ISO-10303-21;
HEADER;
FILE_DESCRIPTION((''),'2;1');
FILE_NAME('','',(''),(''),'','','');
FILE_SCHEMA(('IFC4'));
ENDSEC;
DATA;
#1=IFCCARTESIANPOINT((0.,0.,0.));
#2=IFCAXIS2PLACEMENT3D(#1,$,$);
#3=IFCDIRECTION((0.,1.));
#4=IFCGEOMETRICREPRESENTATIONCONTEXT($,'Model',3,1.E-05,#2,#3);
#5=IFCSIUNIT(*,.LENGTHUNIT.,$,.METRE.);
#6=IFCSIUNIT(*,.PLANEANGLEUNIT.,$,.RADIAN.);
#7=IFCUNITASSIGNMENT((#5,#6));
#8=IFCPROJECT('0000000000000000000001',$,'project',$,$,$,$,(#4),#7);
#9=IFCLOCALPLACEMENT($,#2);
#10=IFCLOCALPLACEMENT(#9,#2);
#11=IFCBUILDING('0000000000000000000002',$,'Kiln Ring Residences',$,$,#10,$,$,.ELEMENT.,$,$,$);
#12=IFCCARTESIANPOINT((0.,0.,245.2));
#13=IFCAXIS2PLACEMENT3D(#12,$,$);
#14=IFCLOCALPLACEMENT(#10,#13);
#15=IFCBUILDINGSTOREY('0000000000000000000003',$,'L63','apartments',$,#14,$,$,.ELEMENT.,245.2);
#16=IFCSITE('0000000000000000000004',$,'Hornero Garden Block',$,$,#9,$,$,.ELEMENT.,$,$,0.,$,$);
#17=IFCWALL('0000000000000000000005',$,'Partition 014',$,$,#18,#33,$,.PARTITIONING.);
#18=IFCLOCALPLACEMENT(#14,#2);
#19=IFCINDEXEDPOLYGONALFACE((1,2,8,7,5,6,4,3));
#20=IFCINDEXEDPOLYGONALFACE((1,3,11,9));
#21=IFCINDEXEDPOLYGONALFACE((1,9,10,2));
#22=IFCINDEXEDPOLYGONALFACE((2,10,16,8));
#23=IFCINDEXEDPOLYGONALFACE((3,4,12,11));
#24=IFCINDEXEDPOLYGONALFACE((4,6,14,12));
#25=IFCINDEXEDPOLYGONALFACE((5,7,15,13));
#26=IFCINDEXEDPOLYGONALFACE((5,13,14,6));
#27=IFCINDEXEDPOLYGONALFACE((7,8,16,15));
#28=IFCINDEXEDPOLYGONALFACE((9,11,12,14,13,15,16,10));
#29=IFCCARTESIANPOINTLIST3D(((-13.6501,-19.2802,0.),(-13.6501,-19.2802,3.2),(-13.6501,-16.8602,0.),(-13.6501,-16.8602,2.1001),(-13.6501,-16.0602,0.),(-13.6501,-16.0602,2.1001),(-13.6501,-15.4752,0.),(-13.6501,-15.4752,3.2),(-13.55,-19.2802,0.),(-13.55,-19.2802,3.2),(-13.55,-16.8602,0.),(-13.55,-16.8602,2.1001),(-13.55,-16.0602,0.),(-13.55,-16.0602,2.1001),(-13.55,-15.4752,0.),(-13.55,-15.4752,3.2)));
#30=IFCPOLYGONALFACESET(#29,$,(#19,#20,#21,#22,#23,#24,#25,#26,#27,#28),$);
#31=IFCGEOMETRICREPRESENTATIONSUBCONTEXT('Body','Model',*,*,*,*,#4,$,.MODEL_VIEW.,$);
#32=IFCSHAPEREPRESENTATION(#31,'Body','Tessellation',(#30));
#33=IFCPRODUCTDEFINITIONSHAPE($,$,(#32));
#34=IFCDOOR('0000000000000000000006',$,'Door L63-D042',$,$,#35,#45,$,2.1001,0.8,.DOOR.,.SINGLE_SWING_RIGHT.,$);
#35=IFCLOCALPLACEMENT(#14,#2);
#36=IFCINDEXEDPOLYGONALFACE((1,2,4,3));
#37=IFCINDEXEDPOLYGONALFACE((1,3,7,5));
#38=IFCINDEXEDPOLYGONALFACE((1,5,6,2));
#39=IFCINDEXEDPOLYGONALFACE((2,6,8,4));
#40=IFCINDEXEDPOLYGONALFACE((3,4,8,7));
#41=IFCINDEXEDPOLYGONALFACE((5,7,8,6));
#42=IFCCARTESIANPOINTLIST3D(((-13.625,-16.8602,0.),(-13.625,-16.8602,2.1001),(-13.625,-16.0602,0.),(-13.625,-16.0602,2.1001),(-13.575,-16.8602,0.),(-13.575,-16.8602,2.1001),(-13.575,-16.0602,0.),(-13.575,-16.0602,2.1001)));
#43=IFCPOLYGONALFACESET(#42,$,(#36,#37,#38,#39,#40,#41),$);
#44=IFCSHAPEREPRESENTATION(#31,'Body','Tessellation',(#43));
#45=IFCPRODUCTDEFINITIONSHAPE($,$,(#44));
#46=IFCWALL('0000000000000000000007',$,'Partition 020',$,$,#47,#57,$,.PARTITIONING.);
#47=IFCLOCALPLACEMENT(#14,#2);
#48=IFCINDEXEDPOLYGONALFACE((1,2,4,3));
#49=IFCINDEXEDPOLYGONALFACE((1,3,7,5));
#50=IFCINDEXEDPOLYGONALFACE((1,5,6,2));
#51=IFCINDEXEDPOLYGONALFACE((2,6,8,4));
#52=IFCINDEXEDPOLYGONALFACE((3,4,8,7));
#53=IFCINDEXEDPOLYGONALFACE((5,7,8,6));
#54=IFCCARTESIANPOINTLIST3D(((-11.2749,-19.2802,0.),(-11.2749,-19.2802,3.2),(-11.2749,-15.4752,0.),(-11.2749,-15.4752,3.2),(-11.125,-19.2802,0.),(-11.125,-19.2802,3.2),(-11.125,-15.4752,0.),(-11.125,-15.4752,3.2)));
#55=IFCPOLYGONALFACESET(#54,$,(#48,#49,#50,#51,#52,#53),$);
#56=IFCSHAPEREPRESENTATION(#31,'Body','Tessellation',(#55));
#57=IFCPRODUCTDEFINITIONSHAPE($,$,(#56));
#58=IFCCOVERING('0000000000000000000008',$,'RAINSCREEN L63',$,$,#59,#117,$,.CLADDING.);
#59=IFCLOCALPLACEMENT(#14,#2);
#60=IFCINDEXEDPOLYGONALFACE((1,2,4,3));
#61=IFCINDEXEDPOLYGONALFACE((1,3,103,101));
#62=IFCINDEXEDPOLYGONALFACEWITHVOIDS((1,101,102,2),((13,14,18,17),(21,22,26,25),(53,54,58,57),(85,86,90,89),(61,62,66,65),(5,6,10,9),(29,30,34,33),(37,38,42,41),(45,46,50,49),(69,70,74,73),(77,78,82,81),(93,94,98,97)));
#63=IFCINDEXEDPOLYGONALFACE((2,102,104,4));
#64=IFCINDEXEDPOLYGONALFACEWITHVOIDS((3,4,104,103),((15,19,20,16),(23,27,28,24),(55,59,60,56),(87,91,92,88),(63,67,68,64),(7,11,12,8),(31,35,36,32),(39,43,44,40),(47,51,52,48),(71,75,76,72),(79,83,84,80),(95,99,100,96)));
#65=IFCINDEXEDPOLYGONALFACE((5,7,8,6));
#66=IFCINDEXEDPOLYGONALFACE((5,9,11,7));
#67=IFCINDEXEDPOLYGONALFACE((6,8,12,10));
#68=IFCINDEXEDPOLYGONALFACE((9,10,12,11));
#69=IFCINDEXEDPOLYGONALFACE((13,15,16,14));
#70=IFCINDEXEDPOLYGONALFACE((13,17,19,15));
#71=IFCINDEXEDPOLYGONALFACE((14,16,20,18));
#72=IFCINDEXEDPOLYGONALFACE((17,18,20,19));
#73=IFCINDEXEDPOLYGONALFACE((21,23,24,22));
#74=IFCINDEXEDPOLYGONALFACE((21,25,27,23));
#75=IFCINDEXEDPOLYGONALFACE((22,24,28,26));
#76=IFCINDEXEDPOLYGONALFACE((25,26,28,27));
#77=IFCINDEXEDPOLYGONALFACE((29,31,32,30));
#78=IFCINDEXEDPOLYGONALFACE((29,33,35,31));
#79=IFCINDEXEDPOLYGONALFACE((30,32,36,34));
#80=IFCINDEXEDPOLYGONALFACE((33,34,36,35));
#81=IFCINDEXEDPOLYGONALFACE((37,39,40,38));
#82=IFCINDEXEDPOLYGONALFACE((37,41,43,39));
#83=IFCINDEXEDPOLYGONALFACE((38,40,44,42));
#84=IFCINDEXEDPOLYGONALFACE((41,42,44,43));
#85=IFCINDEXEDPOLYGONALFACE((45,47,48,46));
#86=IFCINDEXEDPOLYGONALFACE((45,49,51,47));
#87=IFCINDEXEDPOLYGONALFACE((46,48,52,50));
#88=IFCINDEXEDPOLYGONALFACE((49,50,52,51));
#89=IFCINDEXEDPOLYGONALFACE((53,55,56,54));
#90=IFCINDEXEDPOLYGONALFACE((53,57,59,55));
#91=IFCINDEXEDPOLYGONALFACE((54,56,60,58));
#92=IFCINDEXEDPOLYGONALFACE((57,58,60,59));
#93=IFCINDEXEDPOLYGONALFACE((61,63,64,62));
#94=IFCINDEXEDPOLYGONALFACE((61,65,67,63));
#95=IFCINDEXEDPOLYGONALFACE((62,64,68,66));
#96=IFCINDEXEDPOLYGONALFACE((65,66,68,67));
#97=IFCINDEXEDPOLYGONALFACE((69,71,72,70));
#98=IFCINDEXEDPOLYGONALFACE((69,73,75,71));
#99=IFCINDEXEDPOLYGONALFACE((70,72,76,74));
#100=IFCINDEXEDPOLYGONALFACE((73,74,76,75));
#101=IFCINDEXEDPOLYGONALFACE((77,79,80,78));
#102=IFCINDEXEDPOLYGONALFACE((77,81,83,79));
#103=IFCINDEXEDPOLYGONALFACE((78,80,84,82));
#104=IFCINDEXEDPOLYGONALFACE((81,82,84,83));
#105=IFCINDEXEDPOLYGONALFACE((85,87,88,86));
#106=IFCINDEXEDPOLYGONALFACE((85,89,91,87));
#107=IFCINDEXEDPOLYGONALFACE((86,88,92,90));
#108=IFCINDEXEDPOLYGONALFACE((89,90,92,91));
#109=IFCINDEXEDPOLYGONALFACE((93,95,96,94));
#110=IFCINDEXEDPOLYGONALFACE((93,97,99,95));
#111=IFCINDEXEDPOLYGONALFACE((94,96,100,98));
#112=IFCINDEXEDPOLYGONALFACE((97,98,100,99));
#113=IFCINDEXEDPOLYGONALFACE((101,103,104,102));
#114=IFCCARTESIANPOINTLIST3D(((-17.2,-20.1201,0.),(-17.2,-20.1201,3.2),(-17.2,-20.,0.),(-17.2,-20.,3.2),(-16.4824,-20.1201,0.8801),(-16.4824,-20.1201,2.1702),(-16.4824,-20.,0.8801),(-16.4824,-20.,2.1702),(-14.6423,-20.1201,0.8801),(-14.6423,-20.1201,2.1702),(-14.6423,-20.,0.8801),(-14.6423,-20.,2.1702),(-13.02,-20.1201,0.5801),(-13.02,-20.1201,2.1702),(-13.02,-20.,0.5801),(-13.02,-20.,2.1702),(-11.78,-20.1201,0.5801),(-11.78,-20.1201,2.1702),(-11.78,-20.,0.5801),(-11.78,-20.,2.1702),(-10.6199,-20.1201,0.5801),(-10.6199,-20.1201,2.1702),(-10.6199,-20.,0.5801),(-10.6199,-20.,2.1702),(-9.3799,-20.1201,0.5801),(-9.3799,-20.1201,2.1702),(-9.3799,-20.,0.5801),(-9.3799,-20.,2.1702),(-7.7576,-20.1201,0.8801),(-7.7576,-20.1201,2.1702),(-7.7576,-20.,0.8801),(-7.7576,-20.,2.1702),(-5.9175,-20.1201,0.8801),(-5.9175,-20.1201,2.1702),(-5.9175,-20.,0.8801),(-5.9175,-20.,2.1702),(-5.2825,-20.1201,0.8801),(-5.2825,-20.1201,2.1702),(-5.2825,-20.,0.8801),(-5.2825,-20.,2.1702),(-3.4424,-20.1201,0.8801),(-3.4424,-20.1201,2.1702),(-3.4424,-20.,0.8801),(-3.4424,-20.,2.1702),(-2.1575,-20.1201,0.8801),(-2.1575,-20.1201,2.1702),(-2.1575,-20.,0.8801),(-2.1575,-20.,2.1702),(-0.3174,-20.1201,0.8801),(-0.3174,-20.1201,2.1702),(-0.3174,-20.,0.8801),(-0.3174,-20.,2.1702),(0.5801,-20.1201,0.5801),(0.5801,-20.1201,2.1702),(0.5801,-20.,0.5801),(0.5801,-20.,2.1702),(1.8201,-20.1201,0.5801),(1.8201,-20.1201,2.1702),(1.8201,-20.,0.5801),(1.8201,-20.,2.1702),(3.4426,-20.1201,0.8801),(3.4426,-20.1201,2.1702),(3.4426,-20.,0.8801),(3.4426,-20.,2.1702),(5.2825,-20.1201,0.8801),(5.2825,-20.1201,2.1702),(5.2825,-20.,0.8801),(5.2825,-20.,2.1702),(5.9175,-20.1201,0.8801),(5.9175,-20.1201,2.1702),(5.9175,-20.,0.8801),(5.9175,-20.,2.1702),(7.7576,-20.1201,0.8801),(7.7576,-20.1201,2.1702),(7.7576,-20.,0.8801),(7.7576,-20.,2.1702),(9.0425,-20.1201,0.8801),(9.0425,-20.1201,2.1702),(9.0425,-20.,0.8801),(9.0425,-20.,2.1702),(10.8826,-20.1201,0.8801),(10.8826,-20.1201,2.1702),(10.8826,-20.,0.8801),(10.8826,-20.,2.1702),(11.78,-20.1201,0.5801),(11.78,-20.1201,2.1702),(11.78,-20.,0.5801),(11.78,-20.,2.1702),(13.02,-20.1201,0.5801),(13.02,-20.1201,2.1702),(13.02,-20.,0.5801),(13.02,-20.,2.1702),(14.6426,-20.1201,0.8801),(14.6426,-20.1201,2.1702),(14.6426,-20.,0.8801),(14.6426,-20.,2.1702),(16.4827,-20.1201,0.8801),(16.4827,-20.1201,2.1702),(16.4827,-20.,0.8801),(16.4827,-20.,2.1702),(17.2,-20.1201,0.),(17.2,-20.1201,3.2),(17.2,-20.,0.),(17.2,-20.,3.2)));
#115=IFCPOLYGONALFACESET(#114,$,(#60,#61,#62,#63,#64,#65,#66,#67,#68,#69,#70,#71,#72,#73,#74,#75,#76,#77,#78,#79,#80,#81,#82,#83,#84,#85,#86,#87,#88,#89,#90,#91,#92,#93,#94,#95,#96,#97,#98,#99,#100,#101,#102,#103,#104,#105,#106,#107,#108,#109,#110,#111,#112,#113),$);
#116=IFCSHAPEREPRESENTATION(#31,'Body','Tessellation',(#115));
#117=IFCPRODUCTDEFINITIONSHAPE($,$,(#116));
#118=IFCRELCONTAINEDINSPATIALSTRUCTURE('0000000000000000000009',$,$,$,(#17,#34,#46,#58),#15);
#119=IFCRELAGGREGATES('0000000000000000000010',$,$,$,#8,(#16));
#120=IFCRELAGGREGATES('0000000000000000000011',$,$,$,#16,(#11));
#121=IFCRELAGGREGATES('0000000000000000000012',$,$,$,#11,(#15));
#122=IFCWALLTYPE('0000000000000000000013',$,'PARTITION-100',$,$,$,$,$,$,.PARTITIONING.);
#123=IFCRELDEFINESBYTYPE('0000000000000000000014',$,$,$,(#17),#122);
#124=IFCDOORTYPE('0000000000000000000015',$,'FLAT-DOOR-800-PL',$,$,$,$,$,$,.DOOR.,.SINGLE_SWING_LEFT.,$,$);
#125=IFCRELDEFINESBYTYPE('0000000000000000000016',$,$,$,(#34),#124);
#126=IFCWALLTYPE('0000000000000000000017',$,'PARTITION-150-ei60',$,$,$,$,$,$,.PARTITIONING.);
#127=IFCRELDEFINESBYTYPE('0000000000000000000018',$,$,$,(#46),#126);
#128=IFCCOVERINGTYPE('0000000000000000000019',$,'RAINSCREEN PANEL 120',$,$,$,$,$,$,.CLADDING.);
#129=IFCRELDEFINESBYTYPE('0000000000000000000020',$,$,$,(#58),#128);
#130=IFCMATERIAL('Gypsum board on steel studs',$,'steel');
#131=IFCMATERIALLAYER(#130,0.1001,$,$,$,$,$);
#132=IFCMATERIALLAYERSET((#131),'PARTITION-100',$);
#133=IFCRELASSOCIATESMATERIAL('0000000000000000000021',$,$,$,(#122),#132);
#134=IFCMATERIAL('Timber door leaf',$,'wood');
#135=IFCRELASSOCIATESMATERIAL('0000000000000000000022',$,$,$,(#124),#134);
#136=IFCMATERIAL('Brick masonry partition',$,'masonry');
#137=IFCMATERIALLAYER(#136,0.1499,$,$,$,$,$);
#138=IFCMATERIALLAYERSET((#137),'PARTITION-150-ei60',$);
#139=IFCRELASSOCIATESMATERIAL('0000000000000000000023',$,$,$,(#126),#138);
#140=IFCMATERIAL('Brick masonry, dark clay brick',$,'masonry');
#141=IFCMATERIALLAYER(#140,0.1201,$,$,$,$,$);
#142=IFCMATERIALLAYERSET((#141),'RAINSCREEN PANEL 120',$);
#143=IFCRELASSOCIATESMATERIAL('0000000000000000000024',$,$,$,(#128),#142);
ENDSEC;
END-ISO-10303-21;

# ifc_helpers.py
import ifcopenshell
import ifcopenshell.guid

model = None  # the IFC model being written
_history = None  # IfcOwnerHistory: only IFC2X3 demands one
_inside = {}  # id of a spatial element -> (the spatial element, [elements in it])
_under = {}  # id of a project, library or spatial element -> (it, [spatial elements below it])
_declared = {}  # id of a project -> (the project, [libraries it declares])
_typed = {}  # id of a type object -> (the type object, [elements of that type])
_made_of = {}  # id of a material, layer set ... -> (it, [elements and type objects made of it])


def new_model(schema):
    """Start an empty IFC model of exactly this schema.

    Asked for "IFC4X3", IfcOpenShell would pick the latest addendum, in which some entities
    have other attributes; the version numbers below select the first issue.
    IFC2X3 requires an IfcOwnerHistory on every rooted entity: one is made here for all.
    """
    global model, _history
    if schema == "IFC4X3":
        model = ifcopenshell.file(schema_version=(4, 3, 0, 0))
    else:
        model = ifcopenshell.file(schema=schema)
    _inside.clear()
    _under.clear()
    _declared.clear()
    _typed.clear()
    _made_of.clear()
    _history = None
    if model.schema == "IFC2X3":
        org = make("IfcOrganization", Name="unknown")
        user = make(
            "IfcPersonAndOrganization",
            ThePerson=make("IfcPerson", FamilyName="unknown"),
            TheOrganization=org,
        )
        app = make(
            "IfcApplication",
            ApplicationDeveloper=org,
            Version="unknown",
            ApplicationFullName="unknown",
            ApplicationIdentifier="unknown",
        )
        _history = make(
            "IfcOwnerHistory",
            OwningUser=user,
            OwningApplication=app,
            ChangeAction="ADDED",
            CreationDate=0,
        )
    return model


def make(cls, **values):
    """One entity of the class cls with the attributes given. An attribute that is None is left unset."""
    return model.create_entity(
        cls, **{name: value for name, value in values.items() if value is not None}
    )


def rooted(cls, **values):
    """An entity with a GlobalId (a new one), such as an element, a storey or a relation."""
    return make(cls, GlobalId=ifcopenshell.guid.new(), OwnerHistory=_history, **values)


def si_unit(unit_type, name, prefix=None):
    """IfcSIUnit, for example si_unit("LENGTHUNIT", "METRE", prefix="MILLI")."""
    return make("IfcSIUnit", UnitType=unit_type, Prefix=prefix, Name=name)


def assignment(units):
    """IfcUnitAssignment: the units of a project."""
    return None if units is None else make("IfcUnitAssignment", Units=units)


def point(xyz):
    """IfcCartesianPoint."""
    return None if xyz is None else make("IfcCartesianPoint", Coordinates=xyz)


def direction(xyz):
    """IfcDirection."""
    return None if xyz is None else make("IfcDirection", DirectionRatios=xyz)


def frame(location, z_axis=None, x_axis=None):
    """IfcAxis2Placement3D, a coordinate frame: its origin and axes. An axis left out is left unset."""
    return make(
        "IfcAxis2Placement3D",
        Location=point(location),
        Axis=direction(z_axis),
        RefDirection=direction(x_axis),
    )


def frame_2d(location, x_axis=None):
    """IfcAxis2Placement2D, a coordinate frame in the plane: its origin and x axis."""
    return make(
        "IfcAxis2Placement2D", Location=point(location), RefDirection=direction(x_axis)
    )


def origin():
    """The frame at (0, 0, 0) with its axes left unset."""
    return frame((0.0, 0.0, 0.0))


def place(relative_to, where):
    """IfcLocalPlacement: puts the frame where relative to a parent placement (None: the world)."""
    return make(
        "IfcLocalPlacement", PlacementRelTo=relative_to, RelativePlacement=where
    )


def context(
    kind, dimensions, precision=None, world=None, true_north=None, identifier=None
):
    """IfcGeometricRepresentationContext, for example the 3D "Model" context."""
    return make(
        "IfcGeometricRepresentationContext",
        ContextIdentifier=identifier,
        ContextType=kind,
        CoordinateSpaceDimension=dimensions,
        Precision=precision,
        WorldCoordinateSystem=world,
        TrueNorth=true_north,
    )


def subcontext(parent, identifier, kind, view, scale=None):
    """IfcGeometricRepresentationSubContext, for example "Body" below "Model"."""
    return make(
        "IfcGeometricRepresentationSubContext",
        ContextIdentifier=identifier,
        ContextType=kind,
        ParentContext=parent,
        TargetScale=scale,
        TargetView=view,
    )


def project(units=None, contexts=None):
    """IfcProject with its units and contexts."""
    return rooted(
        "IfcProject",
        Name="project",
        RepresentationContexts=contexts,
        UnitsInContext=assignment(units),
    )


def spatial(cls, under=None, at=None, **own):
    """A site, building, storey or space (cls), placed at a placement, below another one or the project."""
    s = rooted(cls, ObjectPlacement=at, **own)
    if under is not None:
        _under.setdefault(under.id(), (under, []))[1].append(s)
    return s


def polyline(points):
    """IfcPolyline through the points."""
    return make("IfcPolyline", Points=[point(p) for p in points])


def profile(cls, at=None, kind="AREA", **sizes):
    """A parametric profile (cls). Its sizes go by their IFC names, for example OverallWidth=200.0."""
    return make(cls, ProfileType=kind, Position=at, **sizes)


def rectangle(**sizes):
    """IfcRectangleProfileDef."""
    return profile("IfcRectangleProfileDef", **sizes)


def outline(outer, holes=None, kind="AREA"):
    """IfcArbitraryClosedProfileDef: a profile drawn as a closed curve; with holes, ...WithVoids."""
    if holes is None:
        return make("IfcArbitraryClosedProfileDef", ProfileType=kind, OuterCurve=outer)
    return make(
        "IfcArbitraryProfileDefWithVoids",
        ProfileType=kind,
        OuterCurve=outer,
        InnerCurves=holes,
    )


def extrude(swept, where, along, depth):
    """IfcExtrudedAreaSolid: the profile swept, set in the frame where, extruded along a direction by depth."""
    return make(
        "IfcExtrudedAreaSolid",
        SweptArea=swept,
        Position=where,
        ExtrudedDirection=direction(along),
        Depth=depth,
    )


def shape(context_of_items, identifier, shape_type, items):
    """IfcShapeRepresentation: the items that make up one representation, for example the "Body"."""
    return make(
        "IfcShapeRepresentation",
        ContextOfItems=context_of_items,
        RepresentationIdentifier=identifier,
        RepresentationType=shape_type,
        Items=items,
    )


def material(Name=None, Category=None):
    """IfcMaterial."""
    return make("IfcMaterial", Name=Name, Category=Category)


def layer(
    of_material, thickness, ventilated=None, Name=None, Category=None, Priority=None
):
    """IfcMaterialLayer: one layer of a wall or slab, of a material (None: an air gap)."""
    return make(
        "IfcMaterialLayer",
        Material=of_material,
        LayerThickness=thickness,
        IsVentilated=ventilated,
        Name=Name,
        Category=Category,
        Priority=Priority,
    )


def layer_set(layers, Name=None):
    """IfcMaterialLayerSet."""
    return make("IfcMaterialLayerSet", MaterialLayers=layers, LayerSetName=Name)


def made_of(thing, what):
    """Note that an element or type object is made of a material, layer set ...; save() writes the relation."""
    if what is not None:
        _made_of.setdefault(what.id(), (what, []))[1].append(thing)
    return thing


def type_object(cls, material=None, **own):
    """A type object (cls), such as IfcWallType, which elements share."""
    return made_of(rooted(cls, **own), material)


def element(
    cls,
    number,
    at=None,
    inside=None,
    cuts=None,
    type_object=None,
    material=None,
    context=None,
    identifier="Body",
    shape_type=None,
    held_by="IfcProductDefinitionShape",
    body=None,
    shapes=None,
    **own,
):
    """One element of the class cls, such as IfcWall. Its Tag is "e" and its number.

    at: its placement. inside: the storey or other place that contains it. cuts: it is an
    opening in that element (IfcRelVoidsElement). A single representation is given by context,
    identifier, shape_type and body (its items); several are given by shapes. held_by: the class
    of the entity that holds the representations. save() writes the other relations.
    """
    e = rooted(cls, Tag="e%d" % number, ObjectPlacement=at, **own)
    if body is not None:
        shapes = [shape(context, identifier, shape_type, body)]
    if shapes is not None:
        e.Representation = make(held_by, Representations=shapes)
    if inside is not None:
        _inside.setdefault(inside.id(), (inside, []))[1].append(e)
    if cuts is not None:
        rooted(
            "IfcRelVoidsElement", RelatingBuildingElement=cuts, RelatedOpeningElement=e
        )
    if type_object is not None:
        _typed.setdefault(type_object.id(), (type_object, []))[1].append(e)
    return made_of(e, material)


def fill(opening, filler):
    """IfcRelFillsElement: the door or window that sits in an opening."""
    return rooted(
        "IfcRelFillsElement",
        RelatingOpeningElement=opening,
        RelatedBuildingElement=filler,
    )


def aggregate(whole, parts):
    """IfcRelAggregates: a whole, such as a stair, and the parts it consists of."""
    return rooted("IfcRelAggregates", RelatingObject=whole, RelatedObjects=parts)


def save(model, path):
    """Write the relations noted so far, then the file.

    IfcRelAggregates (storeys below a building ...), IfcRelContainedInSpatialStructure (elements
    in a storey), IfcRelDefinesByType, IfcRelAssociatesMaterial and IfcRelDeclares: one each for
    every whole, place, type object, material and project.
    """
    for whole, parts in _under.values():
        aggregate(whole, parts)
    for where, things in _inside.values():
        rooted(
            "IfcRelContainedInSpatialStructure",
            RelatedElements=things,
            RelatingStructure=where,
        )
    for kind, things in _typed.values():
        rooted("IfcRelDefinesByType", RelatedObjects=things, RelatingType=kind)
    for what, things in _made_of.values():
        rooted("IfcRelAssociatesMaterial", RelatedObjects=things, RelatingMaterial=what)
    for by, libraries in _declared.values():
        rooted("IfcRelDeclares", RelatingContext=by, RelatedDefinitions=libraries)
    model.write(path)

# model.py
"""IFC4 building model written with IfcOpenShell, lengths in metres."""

from ifc_helpers import new_model, si_unit, direction, frame, frame_2d, origin, place, context, subcontext, project, spatial, polyline, rectangle, outline, extrude, material, layer, layer_set, type_object, element, fill, save


model = new_model("IFC4")

# Units and contexts
model_context = context("Model", 3, precision=1e-05, world=origin(), true_north=direction((0.0, 1.0)))
body_context = subcontext(model_context, "Body", "Model", "MODEL_VIEW")
ifc_project = project(units=[si_unit("LENGTHUNIT", "METRE"), si_unit("PLANEANGLEUNIT", "RADIAN")], contexts=[model_context])

# Site, building, storey
site_placement = place(None, origin())
site = spatial("IfcSite", under=ifc_project, at=site_placement, Name="Hornero Garden Block", CompositionType="ELEMENT", RefElevation=0.0)
building_placement = place(site_placement, origin())
building = spatial("IfcBuilding", under=site, at=building_placement, Name="Kiln Ring Residences", CompositionType="ELEMENT")
storey_placement = place(building_placement, frame((0.0, 0.0, 245.2)))
storey = spatial("IfcBuildingStorey", under=building, at=storey_placement, Name="L63", Description="apartments", CompositionType="ELEMENT", Elevation=245.2)

# Wall, opening, door
ifc_material_1 = material(Name="Gypsum board on steel studs", Category="steel")
ifc_layer_1 = layer(ifc_material_1, 0.1001)
ifc_layer_set_1 = layer_set([ifc_layer_1], Name="PARTITION-100")
wall_type_1 = type_object("IfcWallType", Name="PARTITION-100", PredefinedType="PARTITIONING", material=ifc_layer_set_1)
wall_1_placement = place(storey_placement, frame((-13.6001, -19.28, 0.0), z_axis=(0.0, 0.0, 1.0), x_axis=(0.0, 1.0, 0.0)))
wall_1 = element("IfcWall", 1, at=wall_1_placement, inside=storey, type_object=wall_type_1, Name="Partition 014", PredefinedType="PARTITIONING", context=body_context, shape_type="SweptSolid", body=[
    extrude(rectangle(XDim=3.8049, YDim=0.1001, at=frame_2d((1.9023, 0.0))), origin(), (0.0, 0.0, 1.0), 3.2),
])
opening_1_placement = place(wall_1_placement, frame((2.4199, 0.0, 0.0)))
opening_1 = element("IfcOpeningElement", 2, at=opening_1_placement, cuts=wall_1, PredefinedType="OPENING", context=body_context, shape_type="SweptSolid", body=[
    extrude(rectangle(XDim=0.8, YDim=2.1001, at=frame_2d((0.3999, 1.05))), frame((0.0, 0.0601, 0.0), z_axis=(0.0, -1.0, 0.0), x_axis=(1.0, 0.0, 0.0)), (0.0, 0.0, 1.0), 0.1201),
])
ifc_material_2 = material(Name="Timber door leaf", Category="wood")
door_type_1 = type_object("IfcDoorType", Name="FLAT-DOOR-800-PL", OperationType="SINGLE_SWING_LEFT", PredefinedType="DOOR", material=ifc_material_2)
door_1_placement = place(opening_1_placement, origin())
door_1 = element("IfcDoor", 3, at=door_1_placement, inside=storey, type_object=door_type_1, Name="Door L63-D042", OperationType="SINGLE_SWING_RIGHT", OverallHeight=2.1001, OverallWidth=0.8, PredefinedType="DOOR", context=body_context, shape_type="SweptSolid", body=[
    extrude(rectangle(XDim=0.8, YDim=2.1001, at=frame_2d((0.3999, 1.05))), frame((0.0, 0.0249, 0.0), z_axis=(0.0, -1.0, 0.0), x_axis=(1.0, 0.0, 0.0)), (0.0, 0.0, 1.0), 0.05),
])
fill(opening_1, door_1)

# Wall
ifc_material_3 = material(Name="Brick masonry partition", Category="masonry")
ifc_layer_2 = layer(ifc_material_3, 0.1499)
ifc_layer_set_2 = layer_set([ifc_layer_2], Name="PARTITION-150-ei60")
wall_type_2 = type_object("IfcWallType", Name="PARTITION-150-ei60", PredefinedType="PARTITIONING", material=ifc_layer_set_2)
wall_2_placement = place(storey_placement, frame((-11.2, -19.28, 0.0), z_axis=(0.0, 0.0, 1.0), x_axis=(0.0, 1.0, 0.0)))
element("IfcWall", 4, at=wall_2_placement, inside=storey, type_object=wall_type_2, Name="Partition 020", PredefinedType="PARTITIONING", context=body_context, shape_type="SweptSolid", body=[
    extrude(rectangle(XDim=3.8049, YDim=0.1499, at=frame_2d((1.9023, 0.0))), origin(), (0.0, 0.0, 1.0), 3.2),
])

# Covering
ifc_material_4 = material(Name="Brick masonry, dark clay brick", Category="masonry")
ifc_layer_3 = layer(ifc_material_4, 0.1201)
ifc_layer_set_3 = layer_set([ifc_layer_3], Name="RAINSCREEN PANEL 120")
covering_type = type_object("IfcCoveringType", Name="RAINSCREEN PANEL 120", PredefinedType="CLADDING", material=ifc_layer_set_3)
covering_placement = place(storey_placement, frame((-17.2, -20.0601, 0.0), z_axis=(0.0, 0.0, 1.0), x_axis=(1.0, 0.0, 0.0)))
element("IfcCovering", 5, at=covering_placement, inside=storey, type_object=covering_type, Name="RAINSCREEN L63", PredefinedType="CLADDING", context=body_context, shape_type="SweptSolid", body=[
    extrude(outline(polyline([(0.0, 0.0), (34.3999, 0.0), (34.3999, 3.2), (0.0, 3.2), (0.0, 0.0)]), holes=[polyline([(4.1799, 0.5801), (5.4199, 0.5801), (5.4199, 2.1702), (4.1799, 2.1702), (4.1799, 0.5801)]), polyline([(6.5801, 2.1702), (6.5801, 0.5801), (7.8201, 0.5801), (7.8201, 2.1702), (6.5801, 2.1702)]), polyline([(0.7175, 2.1702), (0.7175, 0.8801), (2.5576, 0.8801), (2.5576, 2.1702), (0.7175, 2.1702)]), polyline([(9.4424, 0.8801), (11.2825, 0.8801), (11.2825, 2.1702), (9.4424, 2.1702), (9.4424, 0.8801)]), polyline([(11.9175, 2.1702), (11.9175, 0.8801), (13.7576, 0.8801), (13.7576, 2.1702), (11.9175, 2.1702)]), polyline([(15.0425, 2.1702), (15.0425, 0.8801), (16.8826, 0.8801), (16.8826, 2.1702), (15.0425, 2.1702)]), polyline([(17.78, 0.5801), (19.02, 0.5801), (19.02, 2.1702), (17.78, 2.1702), (17.78, 0.5801)]), polyline([(28.98, 2.1702), (28.98, 0.5801), (30.22, 0.5801), (30.22, 2.1702), (28.98, 2.1702)]), polyline([(20.6426, 2.1702), (20.6426, 0.8801), (22.4824, 0.8801), (22.4824, 2.1702), (20.6426, 2.1702)]), polyline([(23.1174, 0.8801), (24.9575, 0.8801), (24.9575, 2.1702), (23.1174, 2.1702), (23.1174, 0.8801)]), polyline([(26.2424, 2.1702), (26.2424, 0.8801), (28.0825, 0.8801), (28.0825, 2.1702), (26.2424, 2.1702)]), polyline([(31.8425, 2.1702), (31.8425, 0.8801), (33.6826, 0.8801), (33.6826, 2.1702), (31.8425, 2.1702)])]), frame((0.0, 0.0601, 0.0), z_axis=(0.0, -1.0, 0.0), x_axis=(1.0, 0.0, 0.0)), (0.0, 0.0, 1.0), 0.1201),
])

save(model, "model.ifc")
